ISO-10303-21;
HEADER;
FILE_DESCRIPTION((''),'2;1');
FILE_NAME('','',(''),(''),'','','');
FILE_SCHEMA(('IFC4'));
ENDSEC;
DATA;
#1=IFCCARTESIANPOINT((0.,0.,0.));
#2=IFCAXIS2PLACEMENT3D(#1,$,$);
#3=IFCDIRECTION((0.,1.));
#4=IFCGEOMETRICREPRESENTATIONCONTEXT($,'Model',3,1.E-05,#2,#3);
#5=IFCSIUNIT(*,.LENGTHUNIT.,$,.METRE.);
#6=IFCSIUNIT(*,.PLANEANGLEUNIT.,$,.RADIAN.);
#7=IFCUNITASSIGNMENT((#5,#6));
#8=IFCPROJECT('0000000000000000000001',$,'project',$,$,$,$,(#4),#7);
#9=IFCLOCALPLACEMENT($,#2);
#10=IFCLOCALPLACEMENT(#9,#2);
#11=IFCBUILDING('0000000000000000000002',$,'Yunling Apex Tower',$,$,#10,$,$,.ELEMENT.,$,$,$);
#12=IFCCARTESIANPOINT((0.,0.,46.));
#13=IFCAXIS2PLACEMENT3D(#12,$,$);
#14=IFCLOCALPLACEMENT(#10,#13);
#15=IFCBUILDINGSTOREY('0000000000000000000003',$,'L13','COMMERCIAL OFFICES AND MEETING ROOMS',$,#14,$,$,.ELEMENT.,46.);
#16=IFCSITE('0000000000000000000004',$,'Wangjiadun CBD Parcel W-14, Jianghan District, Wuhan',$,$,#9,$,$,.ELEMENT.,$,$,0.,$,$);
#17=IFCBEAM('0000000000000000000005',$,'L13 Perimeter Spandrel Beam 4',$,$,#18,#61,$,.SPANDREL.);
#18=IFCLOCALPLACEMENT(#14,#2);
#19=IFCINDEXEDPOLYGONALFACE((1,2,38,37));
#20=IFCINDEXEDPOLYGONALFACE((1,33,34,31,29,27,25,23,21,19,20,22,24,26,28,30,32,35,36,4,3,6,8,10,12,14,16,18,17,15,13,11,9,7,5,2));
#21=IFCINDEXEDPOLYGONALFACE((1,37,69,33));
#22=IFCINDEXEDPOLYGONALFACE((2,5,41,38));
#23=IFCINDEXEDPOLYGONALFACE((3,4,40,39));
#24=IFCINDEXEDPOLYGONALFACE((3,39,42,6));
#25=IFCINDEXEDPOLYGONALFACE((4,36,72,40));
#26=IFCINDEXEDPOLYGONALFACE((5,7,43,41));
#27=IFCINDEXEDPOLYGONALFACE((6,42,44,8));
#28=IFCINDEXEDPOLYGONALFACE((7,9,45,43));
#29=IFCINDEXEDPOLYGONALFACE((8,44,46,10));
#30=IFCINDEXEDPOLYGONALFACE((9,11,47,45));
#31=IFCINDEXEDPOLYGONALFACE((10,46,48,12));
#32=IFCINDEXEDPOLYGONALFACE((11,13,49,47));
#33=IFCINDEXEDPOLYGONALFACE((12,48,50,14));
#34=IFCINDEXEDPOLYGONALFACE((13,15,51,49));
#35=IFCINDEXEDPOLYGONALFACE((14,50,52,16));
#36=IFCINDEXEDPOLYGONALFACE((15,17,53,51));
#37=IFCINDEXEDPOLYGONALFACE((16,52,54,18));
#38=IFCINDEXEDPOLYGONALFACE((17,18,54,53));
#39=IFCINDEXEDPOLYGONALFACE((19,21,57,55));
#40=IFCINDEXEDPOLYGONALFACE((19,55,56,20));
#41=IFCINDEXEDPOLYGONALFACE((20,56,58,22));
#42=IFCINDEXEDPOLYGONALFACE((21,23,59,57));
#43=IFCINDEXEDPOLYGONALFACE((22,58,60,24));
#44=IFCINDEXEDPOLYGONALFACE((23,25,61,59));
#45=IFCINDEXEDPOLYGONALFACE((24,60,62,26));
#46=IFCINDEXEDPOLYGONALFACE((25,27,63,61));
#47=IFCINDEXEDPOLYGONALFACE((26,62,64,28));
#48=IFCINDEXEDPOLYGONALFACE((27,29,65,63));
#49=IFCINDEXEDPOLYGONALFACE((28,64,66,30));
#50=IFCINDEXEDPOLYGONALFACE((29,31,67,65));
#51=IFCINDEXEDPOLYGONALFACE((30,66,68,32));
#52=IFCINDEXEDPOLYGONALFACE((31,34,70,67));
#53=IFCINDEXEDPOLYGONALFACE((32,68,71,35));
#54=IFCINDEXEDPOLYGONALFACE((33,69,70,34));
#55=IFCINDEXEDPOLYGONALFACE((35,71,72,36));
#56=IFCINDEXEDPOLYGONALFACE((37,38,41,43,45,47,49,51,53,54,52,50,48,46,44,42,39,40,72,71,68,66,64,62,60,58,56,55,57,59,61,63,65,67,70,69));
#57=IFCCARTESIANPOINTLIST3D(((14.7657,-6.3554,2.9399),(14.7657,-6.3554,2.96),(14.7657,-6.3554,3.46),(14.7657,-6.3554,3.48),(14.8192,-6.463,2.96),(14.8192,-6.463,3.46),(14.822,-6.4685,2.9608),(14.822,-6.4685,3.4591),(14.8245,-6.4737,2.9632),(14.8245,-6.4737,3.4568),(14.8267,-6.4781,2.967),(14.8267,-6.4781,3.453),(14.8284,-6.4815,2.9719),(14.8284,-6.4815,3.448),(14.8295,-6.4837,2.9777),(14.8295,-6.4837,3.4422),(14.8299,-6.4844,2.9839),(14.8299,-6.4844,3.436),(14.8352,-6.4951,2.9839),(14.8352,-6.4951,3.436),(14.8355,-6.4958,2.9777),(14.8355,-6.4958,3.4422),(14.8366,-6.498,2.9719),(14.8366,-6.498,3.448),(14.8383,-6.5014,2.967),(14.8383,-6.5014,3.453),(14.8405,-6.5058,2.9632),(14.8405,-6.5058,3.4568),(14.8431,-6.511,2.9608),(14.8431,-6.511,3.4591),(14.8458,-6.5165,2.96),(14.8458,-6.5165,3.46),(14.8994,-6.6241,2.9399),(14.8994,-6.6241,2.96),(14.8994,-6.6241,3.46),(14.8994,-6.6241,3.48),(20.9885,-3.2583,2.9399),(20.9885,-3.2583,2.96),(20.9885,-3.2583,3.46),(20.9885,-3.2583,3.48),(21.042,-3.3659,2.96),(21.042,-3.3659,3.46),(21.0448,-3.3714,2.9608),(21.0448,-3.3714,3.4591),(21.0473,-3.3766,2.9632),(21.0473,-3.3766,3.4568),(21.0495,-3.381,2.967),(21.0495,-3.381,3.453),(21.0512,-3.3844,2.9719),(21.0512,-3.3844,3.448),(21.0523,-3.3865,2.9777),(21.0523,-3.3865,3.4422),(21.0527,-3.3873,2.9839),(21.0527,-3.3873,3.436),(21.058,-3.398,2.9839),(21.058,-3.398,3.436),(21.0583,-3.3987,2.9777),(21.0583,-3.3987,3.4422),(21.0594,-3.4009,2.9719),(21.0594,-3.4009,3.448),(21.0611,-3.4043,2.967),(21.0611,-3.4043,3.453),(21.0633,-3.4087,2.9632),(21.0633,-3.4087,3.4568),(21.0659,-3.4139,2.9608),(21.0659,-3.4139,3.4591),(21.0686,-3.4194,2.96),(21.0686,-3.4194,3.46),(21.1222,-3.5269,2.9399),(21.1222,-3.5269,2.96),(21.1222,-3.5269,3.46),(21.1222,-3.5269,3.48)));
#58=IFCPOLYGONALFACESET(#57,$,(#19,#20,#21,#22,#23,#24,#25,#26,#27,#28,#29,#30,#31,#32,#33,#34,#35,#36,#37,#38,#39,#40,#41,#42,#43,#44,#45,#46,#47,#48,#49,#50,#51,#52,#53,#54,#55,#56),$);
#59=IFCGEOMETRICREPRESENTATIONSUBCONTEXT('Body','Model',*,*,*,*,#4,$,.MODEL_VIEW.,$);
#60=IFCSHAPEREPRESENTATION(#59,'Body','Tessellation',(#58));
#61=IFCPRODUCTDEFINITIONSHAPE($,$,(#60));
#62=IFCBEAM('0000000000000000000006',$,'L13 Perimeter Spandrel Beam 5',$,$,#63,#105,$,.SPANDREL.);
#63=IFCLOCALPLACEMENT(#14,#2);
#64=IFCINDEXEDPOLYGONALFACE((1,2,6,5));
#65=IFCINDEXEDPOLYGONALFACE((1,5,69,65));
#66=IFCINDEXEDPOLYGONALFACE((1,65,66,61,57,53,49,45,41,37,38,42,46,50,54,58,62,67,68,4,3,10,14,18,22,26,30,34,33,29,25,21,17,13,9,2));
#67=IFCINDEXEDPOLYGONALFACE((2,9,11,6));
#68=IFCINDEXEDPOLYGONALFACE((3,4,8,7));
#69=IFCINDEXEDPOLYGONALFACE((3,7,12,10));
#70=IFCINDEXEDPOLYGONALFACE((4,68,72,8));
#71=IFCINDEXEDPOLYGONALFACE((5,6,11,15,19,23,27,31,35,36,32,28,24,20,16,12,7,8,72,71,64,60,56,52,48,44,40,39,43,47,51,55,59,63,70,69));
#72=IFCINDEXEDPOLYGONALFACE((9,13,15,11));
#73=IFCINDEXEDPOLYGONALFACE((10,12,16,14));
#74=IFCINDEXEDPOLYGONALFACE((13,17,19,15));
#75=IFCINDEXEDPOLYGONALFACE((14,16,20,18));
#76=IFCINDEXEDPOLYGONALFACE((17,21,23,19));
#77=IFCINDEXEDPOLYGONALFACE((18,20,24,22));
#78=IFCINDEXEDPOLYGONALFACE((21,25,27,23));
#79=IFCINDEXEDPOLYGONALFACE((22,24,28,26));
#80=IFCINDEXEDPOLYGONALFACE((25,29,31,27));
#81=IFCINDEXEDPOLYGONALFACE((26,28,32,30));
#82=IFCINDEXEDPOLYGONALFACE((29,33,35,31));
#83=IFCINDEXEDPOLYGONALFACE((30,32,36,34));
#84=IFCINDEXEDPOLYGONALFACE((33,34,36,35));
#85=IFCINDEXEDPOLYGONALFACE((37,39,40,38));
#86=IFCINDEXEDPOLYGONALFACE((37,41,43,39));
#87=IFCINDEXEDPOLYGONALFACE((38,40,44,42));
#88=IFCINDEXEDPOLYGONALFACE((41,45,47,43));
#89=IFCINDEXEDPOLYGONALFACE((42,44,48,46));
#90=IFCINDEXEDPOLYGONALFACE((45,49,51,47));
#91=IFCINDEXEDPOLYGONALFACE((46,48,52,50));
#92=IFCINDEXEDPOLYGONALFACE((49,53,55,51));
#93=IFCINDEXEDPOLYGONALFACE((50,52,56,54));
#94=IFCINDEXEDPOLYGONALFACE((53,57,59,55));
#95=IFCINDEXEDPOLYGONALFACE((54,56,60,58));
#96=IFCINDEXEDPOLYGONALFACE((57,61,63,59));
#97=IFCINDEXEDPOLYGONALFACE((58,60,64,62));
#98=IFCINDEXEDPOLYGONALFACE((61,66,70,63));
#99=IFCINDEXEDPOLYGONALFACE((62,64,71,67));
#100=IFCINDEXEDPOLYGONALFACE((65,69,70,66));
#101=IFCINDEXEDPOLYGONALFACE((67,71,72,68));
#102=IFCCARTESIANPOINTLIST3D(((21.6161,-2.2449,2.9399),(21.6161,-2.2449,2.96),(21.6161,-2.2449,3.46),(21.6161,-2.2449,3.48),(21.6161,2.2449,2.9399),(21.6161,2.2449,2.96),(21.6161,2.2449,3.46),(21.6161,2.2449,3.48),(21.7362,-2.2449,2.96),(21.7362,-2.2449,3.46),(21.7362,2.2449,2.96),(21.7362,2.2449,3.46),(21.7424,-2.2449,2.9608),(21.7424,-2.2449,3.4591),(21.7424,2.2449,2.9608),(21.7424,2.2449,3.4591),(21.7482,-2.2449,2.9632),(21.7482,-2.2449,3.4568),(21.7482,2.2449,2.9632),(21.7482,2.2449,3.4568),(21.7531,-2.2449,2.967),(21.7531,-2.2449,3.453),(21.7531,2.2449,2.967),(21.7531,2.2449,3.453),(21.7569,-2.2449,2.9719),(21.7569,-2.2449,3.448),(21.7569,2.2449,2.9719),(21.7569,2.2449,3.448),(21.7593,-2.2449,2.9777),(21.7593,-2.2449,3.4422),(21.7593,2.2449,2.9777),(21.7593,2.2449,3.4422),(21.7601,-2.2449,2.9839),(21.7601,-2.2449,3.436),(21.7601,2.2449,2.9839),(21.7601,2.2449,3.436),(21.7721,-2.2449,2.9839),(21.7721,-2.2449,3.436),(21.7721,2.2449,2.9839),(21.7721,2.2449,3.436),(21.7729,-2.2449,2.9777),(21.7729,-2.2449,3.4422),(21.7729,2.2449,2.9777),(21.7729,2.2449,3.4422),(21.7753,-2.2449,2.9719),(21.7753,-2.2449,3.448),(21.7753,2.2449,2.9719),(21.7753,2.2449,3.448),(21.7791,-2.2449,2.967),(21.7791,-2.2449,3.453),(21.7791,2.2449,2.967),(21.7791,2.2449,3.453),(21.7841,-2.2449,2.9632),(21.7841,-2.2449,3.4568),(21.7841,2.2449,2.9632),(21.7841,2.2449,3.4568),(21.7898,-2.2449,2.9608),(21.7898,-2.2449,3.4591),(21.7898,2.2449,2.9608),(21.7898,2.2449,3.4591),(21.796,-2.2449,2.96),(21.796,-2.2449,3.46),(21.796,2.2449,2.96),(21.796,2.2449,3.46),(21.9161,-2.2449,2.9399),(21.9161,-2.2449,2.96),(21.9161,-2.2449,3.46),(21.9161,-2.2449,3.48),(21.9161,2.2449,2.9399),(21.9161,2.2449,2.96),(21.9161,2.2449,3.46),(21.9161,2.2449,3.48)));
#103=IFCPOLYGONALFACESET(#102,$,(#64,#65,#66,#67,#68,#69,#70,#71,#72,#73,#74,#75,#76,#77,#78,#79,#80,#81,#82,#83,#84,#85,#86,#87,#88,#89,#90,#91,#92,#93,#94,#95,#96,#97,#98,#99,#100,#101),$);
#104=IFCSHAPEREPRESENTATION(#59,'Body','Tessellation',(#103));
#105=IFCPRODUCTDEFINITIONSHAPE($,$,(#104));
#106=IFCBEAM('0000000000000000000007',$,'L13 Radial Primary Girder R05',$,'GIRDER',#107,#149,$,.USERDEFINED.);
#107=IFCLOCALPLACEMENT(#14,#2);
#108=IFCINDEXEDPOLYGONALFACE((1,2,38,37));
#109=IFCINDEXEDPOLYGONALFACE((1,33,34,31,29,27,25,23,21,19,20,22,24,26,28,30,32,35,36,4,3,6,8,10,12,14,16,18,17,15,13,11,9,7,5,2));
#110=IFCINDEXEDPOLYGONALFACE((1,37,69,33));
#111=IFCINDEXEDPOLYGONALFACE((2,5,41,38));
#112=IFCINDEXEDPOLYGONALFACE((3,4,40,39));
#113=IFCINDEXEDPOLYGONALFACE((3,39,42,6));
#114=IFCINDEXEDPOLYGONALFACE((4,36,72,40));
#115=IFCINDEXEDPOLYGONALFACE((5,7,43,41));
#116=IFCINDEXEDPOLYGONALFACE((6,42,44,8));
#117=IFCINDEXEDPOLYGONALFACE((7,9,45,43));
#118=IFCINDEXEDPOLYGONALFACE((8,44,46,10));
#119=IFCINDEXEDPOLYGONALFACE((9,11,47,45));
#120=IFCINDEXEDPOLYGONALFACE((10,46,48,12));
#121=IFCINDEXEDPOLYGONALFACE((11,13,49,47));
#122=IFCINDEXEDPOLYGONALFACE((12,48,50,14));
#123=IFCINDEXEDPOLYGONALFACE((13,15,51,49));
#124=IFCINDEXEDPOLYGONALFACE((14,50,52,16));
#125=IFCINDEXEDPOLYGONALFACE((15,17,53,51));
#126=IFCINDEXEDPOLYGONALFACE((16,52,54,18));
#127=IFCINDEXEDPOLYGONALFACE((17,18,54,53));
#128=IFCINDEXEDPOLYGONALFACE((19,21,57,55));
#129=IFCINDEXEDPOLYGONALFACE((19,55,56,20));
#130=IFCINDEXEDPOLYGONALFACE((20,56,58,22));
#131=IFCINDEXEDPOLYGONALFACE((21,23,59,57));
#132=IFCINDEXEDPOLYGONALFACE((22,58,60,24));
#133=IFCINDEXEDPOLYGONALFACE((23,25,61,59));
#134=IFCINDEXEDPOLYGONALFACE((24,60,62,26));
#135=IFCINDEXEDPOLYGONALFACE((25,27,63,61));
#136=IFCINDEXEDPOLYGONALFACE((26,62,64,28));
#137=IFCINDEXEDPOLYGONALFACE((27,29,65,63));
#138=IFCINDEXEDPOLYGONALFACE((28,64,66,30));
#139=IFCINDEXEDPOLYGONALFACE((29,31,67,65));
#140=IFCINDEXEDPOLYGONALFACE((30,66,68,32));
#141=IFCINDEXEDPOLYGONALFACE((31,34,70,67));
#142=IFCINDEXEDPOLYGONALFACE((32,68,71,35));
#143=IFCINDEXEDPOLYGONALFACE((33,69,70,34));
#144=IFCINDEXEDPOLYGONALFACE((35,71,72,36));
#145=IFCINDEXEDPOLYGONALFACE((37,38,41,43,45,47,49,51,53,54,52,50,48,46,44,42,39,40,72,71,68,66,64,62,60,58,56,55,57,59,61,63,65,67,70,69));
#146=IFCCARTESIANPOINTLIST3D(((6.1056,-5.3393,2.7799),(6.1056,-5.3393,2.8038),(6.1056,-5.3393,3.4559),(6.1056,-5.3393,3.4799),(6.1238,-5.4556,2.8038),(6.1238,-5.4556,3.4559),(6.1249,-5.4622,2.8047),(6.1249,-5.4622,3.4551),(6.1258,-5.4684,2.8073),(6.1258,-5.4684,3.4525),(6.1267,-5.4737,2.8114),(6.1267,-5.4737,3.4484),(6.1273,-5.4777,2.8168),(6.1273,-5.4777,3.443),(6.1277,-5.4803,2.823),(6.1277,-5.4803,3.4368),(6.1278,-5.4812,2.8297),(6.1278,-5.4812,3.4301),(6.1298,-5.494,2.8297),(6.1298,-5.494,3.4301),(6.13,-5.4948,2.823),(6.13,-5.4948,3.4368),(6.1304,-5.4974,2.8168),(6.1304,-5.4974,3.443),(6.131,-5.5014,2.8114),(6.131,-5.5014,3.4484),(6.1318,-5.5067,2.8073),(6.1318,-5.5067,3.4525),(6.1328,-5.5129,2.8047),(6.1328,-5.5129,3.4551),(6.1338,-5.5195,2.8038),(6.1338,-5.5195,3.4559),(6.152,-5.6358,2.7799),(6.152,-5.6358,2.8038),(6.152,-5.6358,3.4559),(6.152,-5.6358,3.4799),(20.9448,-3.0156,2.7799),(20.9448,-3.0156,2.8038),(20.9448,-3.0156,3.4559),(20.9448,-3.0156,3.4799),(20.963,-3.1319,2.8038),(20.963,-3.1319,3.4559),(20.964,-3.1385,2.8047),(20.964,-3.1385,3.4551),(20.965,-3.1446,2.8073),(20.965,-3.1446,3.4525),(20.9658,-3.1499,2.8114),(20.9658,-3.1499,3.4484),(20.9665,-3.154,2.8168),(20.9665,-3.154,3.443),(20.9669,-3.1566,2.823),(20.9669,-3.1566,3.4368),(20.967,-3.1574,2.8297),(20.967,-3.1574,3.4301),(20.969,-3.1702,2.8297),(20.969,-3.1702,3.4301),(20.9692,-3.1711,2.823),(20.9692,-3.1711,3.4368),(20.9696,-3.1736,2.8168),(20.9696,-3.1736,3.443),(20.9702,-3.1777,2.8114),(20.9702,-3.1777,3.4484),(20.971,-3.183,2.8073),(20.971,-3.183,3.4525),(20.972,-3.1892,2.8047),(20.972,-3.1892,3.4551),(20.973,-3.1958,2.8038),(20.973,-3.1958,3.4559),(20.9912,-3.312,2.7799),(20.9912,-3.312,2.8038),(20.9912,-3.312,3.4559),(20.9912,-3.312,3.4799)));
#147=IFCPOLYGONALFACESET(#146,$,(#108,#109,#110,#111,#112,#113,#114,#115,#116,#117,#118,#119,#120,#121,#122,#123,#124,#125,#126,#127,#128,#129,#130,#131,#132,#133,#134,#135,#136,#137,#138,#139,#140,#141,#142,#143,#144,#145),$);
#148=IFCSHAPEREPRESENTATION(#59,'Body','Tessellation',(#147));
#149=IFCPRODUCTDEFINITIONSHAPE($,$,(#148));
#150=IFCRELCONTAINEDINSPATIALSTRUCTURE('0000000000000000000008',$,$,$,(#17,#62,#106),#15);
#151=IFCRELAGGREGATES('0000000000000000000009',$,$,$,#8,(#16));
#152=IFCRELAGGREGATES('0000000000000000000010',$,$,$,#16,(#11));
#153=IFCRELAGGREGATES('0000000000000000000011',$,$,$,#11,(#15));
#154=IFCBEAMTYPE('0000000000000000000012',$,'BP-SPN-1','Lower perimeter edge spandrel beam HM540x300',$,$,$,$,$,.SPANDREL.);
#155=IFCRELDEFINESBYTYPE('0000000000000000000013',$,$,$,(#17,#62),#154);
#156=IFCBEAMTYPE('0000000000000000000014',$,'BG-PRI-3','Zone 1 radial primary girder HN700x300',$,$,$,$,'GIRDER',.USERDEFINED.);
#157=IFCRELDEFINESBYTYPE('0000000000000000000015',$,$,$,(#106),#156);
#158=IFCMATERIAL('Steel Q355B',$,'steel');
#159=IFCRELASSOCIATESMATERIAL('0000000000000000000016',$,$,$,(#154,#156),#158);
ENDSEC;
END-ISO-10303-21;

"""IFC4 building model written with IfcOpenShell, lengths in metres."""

from ifc_helpers import new_model, si_unit, direction, frame, origin, origin_2d, place, context, subcontext, project, spatial, i_section, extrude, source, transform, mapped, material, material_profile, profile_set, type_object, element, save


model = new_model("IFC4")

# Units and contexts
model_context = context("Model", 3, precision=1e-05, world=origin(), true_north=direction((0.0, 1.0)))
body_context = subcontext(model_context, "Body", "Model", "MODEL_VIEW")
ifc_project = project(units=[si_unit("LENGTHUNIT", "METRE"), si_unit("PLANEANGLEUNIT", "RADIAN")], contexts=[model_context])

# Site, building, storey
site_placement = place(None, origin())
site = spatial("IfcSite", under=ifc_project, at=site_placement, Name="Wangjiadun CBD Parcel W-14, Jianghan District, Wuhan", CompositionType="ELEMENT", RefElevation=0.0)
building_placement = place(site_placement, origin())
building = spatial("IfcBuilding", under=site, at=building_placement, Name="Yunling Apex Tower", CompositionType="ELEMENT")
storey_placement = place(building_placement, frame((0.0, 0.0, 46.0)))
storey = spatial("IfcBuildingStorey", under=building, at=storey_placement, Name="L13", Description="COMMERCIAL OFFICES AND MEETING ROOMS", CompositionType="ELEMENT", Elevation=46.0)

# Beams
ifc_material_1 = material(Name="Steel Q355B", Category="steel")
ifc_material_profile_1 = material_profile(ifc_material_1, i_section(OverallWidth=0.3, OverallDepth=0.54, WebThickness=0.012, FlangeThickness=0.02, FilletRadius=0.0239, at=origin_2d()))
ifc_profile_set_1 = profile_set([ifc_material_profile_1], Name="Steel Q355B")
beam_type_1 = type_object("IfcBeamType", Name="BP-SPN-1", Description="Lower perimeter edge spandrel beam HM540x300", PredefinedType="SPANDREL", material=ifc_profile_set_1)
shared_shape_1 = source(origin(), body_context, "Body", "SweptSolid", [
    extrude(i_section(OverallWidth=0.3, OverallDepth=0.54, WebThickness=0.012, FlangeThickness=0.02, FilletRadius=0.0239, at=origin_2d()), origin(), (0.0, 0.0, 1.0), 6.9509),
])
beam_1_placement = place(storey_placement, frame((14.8325, -6.4897, 3.21), z_axis=(0.895248, 0.445569, 0.0), x_axis=(-0.445569, 0.895248, 0.0)))
element("IfcBeam", 1, at=beam_1_placement, inside=storey, type_object=beam_type_1, Name="L13 Perimeter Spandrel Beam 4", PredefinedType="SPANDREL", context=body_context, shape_type="MappedRepresentation", body=[
    mapped(shared_shape_1, transform((0.0, 0.0, 0.0), scale=1.0)),
])
shared_shape_2 = source(origin(), body_context, "Body", "SweptSolid", [
    extrude(i_section(OverallWidth=0.3, OverallDepth=0.54, WebThickness=0.012, FlangeThickness=0.02, FilletRadius=0.0239, at=origin_2d()), origin(), (0.0, 0.0, 1.0), 4.4897),
])
beam_2_placement = place(storey_placement, frame((21.7661, -2.2449, 3.21), z_axis=(0.0, 1.0, 0.0), x_axis=(-1.0, 0.0, 0.0)))
element("IfcBeam", 2, at=beam_2_placement, inside=storey, type_object=beam_type_1, Name="L13 Perimeter Spandrel Beam 5", PredefinedType="SPANDREL", context=body_context, shape_type="MappedRepresentation", body=[
    mapped(shared_shape_2, transform((0.0, 0.0, 0.0), scale=1.0)),
])
ifc_material_profile_2 = material_profile(ifc_material_1, i_section(OverallWidth=0.3, OverallDepth=0.7, WebThickness=0.0129, FlangeThickness=0.0239, FilletRadius=0.0259, at=origin_2d()))
ifc_profile_set_2 = profile_set([ifc_material_profile_2], Name="Steel Q355B")
beam_type_2 = type_object("IfcBeamType", Name="BG-PRI-3", Description="Zone 1 radial primary girder HN700x300", ElementType="GIRDER", PredefinedType="USERDEFINED", material=ifc_profile_set_2)
shared_shape_3 = source(origin(), body_context, "Body", "SweptSolid", [
    extrude(i_section(OverallWidth=0.3, OverallDepth=0.7, WebThickness=0.0129, FlangeThickness=0.0239, FilletRadius=0.0259, at=origin_2d()), origin(), (0.0, 0.0, 1.0), 15.02),
])
beam_3_placement = place(storey_placement, frame((20.968, -3.1638, 3.1299), z_axis=(-0.98796, -0.15471, 0.0), x_axis=(0.15471, -0.98796, 0.0)))
element("IfcBeam", 3, at=beam_3_placement, inside=storey, type_object=beam_type_2, Name="L13 Radial Primary Girder R05", ObjectType="GIRDER", PredefinedType="USERDEFINED", context=body_context, shape_type="MappedRepresentation", body=[
    mapped(shared_shape_3, transform((0.0, 0.0, 0.0), scale=1.0)),
])

save(model, "model.ifc")
